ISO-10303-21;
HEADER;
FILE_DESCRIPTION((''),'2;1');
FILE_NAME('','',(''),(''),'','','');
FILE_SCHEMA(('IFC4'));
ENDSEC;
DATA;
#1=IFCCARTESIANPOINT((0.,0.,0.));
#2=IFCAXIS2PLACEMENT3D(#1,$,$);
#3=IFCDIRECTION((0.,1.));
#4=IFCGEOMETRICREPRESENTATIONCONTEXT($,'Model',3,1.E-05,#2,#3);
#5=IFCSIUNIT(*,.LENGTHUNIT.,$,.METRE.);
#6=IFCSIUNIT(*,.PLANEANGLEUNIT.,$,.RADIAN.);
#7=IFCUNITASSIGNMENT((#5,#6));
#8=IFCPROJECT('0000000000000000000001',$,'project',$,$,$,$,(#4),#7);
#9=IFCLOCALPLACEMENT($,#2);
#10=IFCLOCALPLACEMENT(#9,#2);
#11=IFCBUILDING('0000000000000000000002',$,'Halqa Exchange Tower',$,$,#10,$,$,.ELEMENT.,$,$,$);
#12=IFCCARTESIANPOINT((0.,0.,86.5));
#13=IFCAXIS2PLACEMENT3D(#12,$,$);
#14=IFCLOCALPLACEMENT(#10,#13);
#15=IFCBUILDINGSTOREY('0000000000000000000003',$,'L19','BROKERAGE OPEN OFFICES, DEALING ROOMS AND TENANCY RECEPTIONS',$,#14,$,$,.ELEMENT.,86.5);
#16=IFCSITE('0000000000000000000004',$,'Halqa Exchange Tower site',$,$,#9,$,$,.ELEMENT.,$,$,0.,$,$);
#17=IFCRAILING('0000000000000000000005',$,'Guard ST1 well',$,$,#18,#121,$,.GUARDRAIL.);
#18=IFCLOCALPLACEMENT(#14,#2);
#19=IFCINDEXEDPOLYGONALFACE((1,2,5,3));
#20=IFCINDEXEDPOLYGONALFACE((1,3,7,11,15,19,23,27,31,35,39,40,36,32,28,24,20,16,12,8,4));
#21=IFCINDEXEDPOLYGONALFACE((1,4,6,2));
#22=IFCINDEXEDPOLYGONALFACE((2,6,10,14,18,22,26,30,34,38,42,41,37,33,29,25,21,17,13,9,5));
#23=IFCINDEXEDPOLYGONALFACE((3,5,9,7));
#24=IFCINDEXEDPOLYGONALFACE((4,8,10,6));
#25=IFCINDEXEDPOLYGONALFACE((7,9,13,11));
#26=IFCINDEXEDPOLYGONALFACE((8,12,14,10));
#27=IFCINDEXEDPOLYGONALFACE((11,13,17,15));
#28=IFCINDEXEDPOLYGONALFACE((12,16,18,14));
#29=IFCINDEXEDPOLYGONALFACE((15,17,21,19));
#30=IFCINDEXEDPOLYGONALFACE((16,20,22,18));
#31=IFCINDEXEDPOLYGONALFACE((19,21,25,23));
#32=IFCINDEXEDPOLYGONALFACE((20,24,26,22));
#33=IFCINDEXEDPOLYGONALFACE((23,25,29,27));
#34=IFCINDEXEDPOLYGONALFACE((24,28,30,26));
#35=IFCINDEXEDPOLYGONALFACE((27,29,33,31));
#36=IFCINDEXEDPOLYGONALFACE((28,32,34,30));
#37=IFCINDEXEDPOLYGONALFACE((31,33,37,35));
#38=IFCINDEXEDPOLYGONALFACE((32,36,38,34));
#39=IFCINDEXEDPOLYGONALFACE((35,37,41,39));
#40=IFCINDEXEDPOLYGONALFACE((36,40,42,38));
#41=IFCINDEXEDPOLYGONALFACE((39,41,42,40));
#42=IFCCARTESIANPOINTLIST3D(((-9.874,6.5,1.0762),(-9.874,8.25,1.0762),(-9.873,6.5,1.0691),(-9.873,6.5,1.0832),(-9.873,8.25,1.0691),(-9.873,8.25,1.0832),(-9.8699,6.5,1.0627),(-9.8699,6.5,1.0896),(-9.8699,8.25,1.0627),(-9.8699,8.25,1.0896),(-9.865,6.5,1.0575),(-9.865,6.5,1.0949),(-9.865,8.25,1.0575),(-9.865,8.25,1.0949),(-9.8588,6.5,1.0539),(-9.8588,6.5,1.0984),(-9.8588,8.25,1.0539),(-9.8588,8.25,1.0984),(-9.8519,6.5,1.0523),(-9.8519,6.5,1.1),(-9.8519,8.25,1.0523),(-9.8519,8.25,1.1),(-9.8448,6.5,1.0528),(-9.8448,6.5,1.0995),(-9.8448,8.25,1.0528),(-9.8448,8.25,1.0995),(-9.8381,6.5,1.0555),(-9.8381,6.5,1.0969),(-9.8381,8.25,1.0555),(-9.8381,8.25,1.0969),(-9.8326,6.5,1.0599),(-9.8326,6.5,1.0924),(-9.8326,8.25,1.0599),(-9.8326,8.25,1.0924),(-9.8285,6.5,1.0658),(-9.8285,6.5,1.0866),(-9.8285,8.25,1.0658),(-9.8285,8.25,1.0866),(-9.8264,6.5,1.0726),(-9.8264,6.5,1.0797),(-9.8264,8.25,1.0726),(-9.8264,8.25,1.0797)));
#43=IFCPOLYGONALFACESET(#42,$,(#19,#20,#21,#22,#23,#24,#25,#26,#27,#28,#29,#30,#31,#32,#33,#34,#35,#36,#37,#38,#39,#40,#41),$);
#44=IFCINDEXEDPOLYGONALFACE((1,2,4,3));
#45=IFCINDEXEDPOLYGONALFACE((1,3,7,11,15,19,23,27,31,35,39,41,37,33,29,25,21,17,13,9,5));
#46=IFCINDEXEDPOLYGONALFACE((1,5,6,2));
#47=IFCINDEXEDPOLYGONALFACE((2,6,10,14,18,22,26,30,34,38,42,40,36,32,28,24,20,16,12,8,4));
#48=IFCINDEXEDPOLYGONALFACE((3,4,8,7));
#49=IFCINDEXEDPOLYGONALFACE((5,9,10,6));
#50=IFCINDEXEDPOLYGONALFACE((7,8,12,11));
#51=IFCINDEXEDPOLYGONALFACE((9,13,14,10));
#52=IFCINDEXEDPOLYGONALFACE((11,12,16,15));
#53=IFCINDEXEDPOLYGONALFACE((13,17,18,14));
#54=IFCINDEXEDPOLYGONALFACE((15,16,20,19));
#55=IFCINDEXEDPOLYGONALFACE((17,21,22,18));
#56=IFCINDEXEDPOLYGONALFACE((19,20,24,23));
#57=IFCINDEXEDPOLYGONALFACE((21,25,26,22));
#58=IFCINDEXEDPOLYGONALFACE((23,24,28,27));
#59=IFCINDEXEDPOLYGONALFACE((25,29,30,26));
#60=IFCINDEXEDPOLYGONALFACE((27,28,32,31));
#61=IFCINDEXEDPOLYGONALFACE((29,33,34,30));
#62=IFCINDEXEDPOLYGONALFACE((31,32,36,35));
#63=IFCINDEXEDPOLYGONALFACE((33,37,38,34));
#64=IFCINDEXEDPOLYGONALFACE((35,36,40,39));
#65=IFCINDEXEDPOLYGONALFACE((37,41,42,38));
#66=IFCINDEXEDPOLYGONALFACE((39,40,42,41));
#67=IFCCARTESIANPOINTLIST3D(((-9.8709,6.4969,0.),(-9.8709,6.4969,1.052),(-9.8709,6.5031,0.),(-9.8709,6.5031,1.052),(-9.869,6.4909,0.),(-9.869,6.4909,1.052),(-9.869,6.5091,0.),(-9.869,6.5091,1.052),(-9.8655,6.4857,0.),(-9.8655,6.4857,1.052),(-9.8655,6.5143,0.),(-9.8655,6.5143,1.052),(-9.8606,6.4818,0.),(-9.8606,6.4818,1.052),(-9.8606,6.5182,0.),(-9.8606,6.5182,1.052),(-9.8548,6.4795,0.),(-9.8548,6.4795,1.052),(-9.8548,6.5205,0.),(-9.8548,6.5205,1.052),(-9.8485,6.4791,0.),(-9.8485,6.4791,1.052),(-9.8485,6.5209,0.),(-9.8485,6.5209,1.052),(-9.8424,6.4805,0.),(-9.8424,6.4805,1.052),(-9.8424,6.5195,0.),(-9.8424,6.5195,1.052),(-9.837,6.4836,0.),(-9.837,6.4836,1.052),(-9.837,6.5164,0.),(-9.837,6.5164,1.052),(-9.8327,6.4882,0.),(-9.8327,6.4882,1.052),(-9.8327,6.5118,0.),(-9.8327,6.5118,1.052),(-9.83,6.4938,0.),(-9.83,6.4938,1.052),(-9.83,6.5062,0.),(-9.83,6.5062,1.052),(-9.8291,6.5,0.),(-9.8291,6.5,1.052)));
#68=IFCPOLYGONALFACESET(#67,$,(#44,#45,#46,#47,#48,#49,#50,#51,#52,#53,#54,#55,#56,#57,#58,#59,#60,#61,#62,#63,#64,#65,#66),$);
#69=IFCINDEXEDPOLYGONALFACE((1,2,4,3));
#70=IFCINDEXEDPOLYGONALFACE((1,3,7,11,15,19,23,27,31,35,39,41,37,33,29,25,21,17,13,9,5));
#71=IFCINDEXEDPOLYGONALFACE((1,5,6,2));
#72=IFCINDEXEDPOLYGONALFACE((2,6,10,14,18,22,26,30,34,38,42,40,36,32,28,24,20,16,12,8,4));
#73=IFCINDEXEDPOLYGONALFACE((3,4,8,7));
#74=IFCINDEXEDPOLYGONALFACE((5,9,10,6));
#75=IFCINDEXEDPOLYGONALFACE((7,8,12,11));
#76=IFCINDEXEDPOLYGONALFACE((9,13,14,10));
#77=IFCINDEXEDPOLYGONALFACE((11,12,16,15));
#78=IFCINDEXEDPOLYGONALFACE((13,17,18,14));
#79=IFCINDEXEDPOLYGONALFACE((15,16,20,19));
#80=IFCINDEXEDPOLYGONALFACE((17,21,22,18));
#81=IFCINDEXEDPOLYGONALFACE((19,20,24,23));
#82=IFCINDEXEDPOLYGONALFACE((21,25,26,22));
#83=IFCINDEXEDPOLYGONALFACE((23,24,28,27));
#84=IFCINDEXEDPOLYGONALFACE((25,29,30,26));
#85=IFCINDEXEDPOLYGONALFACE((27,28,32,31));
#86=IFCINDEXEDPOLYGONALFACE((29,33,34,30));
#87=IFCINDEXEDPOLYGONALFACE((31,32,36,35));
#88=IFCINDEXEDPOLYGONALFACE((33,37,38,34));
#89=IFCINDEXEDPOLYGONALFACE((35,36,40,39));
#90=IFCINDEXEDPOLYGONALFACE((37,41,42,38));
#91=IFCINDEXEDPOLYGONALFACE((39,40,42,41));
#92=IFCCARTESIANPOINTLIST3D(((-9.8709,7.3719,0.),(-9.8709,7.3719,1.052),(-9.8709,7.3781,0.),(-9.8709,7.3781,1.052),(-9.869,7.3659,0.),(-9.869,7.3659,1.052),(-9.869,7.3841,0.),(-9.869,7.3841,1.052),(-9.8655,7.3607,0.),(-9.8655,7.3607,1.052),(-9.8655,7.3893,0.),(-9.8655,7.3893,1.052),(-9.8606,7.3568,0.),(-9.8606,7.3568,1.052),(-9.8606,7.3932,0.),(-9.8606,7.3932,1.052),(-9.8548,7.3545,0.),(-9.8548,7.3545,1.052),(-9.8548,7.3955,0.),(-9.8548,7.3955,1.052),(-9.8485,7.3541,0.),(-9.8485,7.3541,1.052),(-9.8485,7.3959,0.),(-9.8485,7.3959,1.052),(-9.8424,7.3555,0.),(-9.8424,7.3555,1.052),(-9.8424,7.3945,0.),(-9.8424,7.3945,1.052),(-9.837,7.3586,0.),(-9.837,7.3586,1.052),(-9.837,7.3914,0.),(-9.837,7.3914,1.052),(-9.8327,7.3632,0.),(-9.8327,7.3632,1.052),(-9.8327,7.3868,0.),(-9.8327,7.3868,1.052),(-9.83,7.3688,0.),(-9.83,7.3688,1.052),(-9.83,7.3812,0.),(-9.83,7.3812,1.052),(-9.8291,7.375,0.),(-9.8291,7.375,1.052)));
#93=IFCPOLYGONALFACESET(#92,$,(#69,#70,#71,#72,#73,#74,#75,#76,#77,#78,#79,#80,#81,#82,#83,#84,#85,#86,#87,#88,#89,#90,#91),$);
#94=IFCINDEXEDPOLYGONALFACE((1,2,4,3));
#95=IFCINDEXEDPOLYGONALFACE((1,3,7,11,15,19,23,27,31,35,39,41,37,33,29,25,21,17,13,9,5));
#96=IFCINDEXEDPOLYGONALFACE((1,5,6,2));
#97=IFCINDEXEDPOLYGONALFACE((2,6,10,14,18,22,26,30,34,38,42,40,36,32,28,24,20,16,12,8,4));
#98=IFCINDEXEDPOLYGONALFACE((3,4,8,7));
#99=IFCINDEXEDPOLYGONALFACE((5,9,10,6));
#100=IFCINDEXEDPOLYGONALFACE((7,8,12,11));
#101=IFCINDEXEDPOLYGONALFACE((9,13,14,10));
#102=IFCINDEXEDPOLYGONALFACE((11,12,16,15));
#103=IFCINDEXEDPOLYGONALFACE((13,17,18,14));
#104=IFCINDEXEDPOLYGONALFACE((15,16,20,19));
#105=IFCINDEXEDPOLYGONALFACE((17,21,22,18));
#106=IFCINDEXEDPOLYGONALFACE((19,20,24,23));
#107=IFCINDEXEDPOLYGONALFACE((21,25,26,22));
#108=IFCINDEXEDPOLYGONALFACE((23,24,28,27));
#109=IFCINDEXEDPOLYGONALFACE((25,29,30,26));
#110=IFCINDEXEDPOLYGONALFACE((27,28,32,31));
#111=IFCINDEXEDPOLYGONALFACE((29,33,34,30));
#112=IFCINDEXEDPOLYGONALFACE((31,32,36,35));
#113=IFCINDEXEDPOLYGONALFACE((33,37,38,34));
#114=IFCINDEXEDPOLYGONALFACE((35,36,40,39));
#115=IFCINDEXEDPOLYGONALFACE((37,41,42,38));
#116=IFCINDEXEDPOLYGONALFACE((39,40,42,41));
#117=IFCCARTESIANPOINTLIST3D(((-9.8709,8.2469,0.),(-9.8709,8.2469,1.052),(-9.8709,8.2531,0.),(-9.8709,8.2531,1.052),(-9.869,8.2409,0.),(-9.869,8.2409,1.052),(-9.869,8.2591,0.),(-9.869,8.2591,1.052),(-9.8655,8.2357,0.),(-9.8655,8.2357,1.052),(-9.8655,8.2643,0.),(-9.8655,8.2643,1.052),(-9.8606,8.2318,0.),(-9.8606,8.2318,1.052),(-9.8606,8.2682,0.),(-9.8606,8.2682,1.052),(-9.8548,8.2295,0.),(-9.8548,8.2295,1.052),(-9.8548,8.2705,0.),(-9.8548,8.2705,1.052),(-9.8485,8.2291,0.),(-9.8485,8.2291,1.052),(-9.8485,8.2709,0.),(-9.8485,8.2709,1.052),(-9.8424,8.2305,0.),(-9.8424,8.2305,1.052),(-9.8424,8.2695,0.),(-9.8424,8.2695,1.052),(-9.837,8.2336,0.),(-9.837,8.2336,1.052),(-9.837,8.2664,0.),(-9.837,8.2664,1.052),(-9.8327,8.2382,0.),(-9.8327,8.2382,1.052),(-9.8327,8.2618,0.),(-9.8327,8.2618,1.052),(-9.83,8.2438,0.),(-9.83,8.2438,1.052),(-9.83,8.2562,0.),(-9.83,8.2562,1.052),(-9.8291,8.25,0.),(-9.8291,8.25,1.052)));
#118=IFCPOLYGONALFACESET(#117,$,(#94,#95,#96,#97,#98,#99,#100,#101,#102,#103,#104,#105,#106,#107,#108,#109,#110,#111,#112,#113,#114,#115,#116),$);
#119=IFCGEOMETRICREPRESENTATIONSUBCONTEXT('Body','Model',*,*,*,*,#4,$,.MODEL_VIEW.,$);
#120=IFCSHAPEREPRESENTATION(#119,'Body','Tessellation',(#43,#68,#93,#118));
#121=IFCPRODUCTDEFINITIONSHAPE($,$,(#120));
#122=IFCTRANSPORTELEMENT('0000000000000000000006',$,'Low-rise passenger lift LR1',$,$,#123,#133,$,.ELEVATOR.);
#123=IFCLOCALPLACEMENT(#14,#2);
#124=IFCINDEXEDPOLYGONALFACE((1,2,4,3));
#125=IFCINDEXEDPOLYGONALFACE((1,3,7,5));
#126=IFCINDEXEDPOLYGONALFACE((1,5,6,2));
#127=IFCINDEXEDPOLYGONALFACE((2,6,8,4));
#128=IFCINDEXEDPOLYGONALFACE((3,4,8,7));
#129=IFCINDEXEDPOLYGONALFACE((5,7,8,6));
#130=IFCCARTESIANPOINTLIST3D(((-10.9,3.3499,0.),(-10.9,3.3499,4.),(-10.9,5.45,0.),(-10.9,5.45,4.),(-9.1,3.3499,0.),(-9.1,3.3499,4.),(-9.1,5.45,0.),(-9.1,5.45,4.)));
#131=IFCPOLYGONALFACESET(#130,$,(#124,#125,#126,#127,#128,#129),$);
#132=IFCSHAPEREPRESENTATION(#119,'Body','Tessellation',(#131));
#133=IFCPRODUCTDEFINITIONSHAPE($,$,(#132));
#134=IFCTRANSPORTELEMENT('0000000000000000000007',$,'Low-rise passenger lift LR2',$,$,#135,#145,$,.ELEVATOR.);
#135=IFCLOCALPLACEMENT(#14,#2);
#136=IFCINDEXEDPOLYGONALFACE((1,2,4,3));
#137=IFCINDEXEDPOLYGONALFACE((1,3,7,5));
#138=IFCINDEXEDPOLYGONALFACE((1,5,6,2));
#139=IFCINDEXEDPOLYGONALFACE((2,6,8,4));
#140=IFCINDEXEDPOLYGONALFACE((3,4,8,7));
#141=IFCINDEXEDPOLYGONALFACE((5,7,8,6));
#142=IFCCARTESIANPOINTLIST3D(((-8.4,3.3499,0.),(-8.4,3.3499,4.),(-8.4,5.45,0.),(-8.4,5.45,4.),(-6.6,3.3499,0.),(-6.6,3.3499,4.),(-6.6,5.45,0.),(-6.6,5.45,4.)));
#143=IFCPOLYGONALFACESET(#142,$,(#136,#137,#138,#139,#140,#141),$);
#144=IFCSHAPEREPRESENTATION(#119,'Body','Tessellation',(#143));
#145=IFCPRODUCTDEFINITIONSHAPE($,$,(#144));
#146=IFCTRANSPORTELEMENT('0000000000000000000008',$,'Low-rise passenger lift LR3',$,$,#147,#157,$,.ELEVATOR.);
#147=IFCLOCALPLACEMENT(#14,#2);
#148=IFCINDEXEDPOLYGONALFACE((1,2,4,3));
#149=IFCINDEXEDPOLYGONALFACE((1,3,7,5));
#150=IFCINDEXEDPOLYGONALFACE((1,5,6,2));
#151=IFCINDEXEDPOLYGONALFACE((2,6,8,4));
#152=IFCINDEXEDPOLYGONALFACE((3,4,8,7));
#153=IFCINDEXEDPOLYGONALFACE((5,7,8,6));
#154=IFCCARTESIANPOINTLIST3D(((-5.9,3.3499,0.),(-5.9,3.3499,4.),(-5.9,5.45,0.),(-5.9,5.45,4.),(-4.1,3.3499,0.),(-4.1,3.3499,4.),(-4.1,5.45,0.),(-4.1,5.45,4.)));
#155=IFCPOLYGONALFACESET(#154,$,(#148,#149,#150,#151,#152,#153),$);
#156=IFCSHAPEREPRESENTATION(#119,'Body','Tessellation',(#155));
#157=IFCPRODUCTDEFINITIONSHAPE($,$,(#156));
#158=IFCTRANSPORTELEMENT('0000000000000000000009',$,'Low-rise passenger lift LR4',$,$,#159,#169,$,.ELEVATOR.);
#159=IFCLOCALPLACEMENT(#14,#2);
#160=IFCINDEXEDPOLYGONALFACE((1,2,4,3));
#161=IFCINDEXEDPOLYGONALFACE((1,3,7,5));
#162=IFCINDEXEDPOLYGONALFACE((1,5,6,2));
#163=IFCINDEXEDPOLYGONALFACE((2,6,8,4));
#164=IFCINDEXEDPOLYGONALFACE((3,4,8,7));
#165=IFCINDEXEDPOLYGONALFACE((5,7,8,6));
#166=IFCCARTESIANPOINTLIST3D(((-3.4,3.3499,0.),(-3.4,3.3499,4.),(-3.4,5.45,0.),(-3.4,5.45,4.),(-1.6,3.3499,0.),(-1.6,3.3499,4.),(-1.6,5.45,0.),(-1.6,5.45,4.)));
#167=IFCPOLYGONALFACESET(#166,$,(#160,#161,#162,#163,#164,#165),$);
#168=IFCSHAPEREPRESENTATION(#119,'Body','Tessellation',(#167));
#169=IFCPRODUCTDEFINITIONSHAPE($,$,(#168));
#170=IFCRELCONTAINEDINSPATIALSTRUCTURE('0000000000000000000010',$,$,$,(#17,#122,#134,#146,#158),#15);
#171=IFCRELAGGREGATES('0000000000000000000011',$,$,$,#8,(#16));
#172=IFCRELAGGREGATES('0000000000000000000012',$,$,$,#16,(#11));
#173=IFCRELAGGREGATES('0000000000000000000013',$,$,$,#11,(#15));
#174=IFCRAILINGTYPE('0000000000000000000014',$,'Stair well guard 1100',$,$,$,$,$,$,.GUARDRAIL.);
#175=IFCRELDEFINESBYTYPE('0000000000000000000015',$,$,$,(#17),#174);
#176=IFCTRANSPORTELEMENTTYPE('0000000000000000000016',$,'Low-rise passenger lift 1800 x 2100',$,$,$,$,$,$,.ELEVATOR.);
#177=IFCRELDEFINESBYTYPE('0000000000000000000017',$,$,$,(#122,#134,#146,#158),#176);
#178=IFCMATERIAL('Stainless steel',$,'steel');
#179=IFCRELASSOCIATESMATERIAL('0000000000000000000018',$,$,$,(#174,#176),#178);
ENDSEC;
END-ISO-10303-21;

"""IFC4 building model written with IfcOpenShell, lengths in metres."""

from ifc_helpers import new_model, si_unit, direction, frame, origin, origin_2d, place, context, subcontext, project, spatial, rectangle, circle, extrude, material, type_object, element, save


model = new_model("IFC4")

# Units and contexts
model_context = context("Model", 3, precision=1e-05, world=origin(), true_north=direction((0.0, 1.0)))
body_context = subcontext(model_context, "Body", "Model", "MODEL_VIEW")
ifc_project = project(units=[si_unit("LENGTHUNIT", "METRE"), si_unit("PLANEANGLEUNIT", "RADIAN")], contexts=[model_context])

# Site, building, storey
site_placement = place(None, origin())
site = spatial("IfcSite", under=ifc_project, at=site_placement, Name="Halqa Exchange Tower site", CompositionType="ELEMENT", RefElevation=0.0)
building_placement = place(site_placement, origin())
building = spatial("IfcBuilding", under=site, at=building_placement, Name="Halqa Exchange Tower", CompositionType="ELEMENT")
storey_placement = place(building_placement, frame((0.0, 0.0, 86.5)))
storey = spatial("IfcBuildingStorey", under=building, at=storey_placement, Name="L19", Description="BROKERAGE OPEN OFFICES, DEALING ROOMS AND TENANCY RECEPTIONS", CompositionType="ELEMENT", Elevation=86.5)

# Shared definitions
ifc_material_1 = material(Name="Stainless steel", Category="steel")

# Railing
railing_type_1 = type_object("IfcRailingType", Name="Stair well guard 1100", PredefinedType="GUARDRAIL", material=ifc_material_1)
railing_1_placement = place(storey_placement, frame((-9.8501, 6.5, 0.0)))
element("IfcRailing", 1, at=railing_1_placement, inside=storey, type_object=railing_type_1, Name="Guard ST1 well", PredefinedType="GUARDRAIL", context=body_context, shape_type="SweptSolid", body=[
    extrude(circle(Radius=0.0239, at=origin_2d()), frame((0.0, 0.0, 1.0762), z_axis=(0.0, 1.0, 0.0), x_axis=(-1.0, 0.0, 0.0)), (0.0, 0.0, 1.0), 1.75),
    extrude(circle(Radius=0.021, at=origin_2d()), origin(), (0.0, 0.0, 1.0), 1.052),
    extrude(circle(Radius=0.021, at=origin_2d()), frame((0.0, 0.875, 0.0)), (0.0, 0.0, 1.0), 1.052),
    extrude(circle(Radius=0.021, at=origin_2d()), frame((0.0, 1.75, 0.0)), (0.0, 0.0, 1.0), 1.052),
])

# Transport elements
transport_element_type = type_object("IfcTransportElementType", Name="Low-rise passenger lift 1800 x 2100", PredefinedType="ELEVATOR", material=ifc_material_1)
for number, where, z_axis, x_axis, name in (
    (2, (-10.0, 4.3999, 0.0), (0.0, 0.0, 1.0), (1.0, 0.0, 0.0), "Low-rise passenger lift LR1"),
    (3, (-7.5, 4.3999, 0.0), (0.0, 0.0, 1.0), (1.0, 0.0, 0.0), "Low-rise passenger lift LR2"),
    (4, (-5.0, 4.3999, 0.0), (0.0, 0.0, 1.0), (1.0, 0.0, 0.0), "Low-rise passenger lift LR3"),
    (5, (-2.5, 4.3999, 0.0), (0.0, 0.0, 1.0), (1.0, 0.0, 0.0), "Low-rise passenger lift LR4"),
):
    element("IfcTransportElement", number, at=place(storey_placement, frame(where, z_axis=z_axis, x_axis=x_axis)), inside=storey, type_object=transport_element_type, Name=name, PredefinedType="ELEVATOR", context=body_context, shape_type="SweptSolid", body=[
        extrude(rectangle(XDim=1.8, YDim=2.1001, at=origin_2d()), origin(), (0.0, 0.0, 1.0), 4.0),
    ])

save(model, "model.ifc")
